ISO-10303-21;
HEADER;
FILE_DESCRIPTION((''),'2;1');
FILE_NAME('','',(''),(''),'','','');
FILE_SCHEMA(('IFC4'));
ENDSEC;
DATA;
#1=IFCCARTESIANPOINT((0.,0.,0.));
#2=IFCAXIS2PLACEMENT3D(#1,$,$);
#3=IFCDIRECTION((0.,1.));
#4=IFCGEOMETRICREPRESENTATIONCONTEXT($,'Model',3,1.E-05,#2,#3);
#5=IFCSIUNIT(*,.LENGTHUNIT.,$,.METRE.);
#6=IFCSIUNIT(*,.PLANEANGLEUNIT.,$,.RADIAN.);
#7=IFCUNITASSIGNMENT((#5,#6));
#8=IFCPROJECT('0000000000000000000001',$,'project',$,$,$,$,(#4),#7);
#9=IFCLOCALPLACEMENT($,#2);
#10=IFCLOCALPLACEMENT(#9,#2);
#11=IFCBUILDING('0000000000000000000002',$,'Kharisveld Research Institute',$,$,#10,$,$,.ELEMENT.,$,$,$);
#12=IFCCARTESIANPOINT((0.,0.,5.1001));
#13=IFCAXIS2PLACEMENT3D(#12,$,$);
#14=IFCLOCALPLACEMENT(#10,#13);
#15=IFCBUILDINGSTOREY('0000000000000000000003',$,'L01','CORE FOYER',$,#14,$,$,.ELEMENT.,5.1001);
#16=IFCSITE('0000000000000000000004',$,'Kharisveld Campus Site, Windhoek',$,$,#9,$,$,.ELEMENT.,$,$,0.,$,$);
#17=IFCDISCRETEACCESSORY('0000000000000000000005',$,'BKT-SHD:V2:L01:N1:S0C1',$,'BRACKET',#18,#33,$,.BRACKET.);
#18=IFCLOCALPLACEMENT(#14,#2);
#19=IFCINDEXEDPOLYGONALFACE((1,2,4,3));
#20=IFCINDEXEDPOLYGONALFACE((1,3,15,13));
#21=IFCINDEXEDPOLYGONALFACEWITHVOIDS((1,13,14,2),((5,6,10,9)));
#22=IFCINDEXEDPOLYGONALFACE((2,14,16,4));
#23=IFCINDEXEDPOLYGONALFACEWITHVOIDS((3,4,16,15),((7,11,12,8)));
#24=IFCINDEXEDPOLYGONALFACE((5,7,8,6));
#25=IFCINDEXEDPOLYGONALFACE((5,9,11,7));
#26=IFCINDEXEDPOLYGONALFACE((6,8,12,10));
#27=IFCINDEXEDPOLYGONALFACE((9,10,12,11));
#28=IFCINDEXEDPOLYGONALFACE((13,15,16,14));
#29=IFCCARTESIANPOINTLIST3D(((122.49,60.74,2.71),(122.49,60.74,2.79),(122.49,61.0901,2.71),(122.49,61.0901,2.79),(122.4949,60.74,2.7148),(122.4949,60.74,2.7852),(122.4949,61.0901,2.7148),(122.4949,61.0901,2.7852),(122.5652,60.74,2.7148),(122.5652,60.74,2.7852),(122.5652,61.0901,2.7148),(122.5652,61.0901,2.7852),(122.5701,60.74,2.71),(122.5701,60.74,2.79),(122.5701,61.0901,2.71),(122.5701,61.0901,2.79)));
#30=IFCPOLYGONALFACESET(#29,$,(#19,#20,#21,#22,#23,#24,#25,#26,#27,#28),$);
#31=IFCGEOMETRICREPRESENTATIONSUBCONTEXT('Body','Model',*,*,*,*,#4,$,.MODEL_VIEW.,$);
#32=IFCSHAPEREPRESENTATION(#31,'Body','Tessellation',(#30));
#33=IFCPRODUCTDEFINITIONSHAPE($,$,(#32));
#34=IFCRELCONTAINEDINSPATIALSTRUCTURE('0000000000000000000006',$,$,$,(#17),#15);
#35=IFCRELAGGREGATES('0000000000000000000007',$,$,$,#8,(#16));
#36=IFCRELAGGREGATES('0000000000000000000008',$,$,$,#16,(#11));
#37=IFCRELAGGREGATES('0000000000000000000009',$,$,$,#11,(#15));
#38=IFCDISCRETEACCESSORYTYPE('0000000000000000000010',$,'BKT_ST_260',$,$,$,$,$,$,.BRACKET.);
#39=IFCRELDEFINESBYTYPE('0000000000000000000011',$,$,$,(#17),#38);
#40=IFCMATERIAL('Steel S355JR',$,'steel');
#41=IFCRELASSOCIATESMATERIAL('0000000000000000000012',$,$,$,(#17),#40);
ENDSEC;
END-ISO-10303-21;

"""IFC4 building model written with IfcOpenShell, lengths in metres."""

from ifc_helpers import new_model, si_unit, direction, frame, origin, origin_2d, place, context, subcontext, project, spatial, hollow_rectangle, extrude, material, type_object, element, save


model = new_model("IFC4")

# Units and contexts
model_context = context("Model", 3, precision=1e-05, world=origin(), true_north=direction((0.0, 1.0)))
body_context = subcontext(model_context, "Body", "Model", "MODEL_VIEW")
ifc_project = project(units=[si_unit("LENGTHUNIT", "METRE"), si_unit("PLANEANGLEUNIT", "RADIAN")], contexts=[model_context])

# Site, building, storey
site_placement = place(None, origin())
site = spatial("IfcSite", under=ifc_project, at=site_placement, Name="Kharisveld Campus Site, Windhoek", CompositionType="ELEMENT", RefElevation=0.0)
building_placement = place(site_placement, origin())
building = spatial("IfcBuilding", under=site, at=building_placement, Name="Kharisveld Research Institute", CompositionType="ELEMENT")
storey_placement = place(building_placement, frame((0.0, 0.0, 5.1001)))
storey = spatial("IfcBuildingStorey", under=building, at=storey_placement, Name="L01", Description="CORE FOYER", CompositionType="ELEMENT", Elevation=5.1001)

# Discrete accessory
ifc_material_1 = material(Name="Steel S355JR", Category="steel")
discrete_accessory_type = type_object("IfcDiscreteAccessoryType", Name="BKT_ST_260", PredefinedType="BRACKET")
for number, where, z_axis, x_axis, name in (
    (1, (122.53, 60.74, 2.75), (0.0, 1.0, 0.0), (-1.0, 0.0, 0.0), "BKT-SHD:V2:L01:N1:S0C1"),
):
    element("IfcDiscreteAccessory", number, at=place(storey_placement, frame(where, z_axis=z_axis, x_axis=x_axis)), inside=storey, type_object=discrete_accessory_type, material=ifc_material_1, Name=name, ObjectType="BRACKET", PredefinedType="BRACKET", context=body_context, shape_type="SweptSolid", body=[
        extrude(hollow_rectangle(XDim=0.0801, YDim=0.0801, WallThickness=0.0049, at=origin_2d()), origin(), (0.0, 0.0, 1.0), 0.3501),
    ])

save(model, "model.ifc")
